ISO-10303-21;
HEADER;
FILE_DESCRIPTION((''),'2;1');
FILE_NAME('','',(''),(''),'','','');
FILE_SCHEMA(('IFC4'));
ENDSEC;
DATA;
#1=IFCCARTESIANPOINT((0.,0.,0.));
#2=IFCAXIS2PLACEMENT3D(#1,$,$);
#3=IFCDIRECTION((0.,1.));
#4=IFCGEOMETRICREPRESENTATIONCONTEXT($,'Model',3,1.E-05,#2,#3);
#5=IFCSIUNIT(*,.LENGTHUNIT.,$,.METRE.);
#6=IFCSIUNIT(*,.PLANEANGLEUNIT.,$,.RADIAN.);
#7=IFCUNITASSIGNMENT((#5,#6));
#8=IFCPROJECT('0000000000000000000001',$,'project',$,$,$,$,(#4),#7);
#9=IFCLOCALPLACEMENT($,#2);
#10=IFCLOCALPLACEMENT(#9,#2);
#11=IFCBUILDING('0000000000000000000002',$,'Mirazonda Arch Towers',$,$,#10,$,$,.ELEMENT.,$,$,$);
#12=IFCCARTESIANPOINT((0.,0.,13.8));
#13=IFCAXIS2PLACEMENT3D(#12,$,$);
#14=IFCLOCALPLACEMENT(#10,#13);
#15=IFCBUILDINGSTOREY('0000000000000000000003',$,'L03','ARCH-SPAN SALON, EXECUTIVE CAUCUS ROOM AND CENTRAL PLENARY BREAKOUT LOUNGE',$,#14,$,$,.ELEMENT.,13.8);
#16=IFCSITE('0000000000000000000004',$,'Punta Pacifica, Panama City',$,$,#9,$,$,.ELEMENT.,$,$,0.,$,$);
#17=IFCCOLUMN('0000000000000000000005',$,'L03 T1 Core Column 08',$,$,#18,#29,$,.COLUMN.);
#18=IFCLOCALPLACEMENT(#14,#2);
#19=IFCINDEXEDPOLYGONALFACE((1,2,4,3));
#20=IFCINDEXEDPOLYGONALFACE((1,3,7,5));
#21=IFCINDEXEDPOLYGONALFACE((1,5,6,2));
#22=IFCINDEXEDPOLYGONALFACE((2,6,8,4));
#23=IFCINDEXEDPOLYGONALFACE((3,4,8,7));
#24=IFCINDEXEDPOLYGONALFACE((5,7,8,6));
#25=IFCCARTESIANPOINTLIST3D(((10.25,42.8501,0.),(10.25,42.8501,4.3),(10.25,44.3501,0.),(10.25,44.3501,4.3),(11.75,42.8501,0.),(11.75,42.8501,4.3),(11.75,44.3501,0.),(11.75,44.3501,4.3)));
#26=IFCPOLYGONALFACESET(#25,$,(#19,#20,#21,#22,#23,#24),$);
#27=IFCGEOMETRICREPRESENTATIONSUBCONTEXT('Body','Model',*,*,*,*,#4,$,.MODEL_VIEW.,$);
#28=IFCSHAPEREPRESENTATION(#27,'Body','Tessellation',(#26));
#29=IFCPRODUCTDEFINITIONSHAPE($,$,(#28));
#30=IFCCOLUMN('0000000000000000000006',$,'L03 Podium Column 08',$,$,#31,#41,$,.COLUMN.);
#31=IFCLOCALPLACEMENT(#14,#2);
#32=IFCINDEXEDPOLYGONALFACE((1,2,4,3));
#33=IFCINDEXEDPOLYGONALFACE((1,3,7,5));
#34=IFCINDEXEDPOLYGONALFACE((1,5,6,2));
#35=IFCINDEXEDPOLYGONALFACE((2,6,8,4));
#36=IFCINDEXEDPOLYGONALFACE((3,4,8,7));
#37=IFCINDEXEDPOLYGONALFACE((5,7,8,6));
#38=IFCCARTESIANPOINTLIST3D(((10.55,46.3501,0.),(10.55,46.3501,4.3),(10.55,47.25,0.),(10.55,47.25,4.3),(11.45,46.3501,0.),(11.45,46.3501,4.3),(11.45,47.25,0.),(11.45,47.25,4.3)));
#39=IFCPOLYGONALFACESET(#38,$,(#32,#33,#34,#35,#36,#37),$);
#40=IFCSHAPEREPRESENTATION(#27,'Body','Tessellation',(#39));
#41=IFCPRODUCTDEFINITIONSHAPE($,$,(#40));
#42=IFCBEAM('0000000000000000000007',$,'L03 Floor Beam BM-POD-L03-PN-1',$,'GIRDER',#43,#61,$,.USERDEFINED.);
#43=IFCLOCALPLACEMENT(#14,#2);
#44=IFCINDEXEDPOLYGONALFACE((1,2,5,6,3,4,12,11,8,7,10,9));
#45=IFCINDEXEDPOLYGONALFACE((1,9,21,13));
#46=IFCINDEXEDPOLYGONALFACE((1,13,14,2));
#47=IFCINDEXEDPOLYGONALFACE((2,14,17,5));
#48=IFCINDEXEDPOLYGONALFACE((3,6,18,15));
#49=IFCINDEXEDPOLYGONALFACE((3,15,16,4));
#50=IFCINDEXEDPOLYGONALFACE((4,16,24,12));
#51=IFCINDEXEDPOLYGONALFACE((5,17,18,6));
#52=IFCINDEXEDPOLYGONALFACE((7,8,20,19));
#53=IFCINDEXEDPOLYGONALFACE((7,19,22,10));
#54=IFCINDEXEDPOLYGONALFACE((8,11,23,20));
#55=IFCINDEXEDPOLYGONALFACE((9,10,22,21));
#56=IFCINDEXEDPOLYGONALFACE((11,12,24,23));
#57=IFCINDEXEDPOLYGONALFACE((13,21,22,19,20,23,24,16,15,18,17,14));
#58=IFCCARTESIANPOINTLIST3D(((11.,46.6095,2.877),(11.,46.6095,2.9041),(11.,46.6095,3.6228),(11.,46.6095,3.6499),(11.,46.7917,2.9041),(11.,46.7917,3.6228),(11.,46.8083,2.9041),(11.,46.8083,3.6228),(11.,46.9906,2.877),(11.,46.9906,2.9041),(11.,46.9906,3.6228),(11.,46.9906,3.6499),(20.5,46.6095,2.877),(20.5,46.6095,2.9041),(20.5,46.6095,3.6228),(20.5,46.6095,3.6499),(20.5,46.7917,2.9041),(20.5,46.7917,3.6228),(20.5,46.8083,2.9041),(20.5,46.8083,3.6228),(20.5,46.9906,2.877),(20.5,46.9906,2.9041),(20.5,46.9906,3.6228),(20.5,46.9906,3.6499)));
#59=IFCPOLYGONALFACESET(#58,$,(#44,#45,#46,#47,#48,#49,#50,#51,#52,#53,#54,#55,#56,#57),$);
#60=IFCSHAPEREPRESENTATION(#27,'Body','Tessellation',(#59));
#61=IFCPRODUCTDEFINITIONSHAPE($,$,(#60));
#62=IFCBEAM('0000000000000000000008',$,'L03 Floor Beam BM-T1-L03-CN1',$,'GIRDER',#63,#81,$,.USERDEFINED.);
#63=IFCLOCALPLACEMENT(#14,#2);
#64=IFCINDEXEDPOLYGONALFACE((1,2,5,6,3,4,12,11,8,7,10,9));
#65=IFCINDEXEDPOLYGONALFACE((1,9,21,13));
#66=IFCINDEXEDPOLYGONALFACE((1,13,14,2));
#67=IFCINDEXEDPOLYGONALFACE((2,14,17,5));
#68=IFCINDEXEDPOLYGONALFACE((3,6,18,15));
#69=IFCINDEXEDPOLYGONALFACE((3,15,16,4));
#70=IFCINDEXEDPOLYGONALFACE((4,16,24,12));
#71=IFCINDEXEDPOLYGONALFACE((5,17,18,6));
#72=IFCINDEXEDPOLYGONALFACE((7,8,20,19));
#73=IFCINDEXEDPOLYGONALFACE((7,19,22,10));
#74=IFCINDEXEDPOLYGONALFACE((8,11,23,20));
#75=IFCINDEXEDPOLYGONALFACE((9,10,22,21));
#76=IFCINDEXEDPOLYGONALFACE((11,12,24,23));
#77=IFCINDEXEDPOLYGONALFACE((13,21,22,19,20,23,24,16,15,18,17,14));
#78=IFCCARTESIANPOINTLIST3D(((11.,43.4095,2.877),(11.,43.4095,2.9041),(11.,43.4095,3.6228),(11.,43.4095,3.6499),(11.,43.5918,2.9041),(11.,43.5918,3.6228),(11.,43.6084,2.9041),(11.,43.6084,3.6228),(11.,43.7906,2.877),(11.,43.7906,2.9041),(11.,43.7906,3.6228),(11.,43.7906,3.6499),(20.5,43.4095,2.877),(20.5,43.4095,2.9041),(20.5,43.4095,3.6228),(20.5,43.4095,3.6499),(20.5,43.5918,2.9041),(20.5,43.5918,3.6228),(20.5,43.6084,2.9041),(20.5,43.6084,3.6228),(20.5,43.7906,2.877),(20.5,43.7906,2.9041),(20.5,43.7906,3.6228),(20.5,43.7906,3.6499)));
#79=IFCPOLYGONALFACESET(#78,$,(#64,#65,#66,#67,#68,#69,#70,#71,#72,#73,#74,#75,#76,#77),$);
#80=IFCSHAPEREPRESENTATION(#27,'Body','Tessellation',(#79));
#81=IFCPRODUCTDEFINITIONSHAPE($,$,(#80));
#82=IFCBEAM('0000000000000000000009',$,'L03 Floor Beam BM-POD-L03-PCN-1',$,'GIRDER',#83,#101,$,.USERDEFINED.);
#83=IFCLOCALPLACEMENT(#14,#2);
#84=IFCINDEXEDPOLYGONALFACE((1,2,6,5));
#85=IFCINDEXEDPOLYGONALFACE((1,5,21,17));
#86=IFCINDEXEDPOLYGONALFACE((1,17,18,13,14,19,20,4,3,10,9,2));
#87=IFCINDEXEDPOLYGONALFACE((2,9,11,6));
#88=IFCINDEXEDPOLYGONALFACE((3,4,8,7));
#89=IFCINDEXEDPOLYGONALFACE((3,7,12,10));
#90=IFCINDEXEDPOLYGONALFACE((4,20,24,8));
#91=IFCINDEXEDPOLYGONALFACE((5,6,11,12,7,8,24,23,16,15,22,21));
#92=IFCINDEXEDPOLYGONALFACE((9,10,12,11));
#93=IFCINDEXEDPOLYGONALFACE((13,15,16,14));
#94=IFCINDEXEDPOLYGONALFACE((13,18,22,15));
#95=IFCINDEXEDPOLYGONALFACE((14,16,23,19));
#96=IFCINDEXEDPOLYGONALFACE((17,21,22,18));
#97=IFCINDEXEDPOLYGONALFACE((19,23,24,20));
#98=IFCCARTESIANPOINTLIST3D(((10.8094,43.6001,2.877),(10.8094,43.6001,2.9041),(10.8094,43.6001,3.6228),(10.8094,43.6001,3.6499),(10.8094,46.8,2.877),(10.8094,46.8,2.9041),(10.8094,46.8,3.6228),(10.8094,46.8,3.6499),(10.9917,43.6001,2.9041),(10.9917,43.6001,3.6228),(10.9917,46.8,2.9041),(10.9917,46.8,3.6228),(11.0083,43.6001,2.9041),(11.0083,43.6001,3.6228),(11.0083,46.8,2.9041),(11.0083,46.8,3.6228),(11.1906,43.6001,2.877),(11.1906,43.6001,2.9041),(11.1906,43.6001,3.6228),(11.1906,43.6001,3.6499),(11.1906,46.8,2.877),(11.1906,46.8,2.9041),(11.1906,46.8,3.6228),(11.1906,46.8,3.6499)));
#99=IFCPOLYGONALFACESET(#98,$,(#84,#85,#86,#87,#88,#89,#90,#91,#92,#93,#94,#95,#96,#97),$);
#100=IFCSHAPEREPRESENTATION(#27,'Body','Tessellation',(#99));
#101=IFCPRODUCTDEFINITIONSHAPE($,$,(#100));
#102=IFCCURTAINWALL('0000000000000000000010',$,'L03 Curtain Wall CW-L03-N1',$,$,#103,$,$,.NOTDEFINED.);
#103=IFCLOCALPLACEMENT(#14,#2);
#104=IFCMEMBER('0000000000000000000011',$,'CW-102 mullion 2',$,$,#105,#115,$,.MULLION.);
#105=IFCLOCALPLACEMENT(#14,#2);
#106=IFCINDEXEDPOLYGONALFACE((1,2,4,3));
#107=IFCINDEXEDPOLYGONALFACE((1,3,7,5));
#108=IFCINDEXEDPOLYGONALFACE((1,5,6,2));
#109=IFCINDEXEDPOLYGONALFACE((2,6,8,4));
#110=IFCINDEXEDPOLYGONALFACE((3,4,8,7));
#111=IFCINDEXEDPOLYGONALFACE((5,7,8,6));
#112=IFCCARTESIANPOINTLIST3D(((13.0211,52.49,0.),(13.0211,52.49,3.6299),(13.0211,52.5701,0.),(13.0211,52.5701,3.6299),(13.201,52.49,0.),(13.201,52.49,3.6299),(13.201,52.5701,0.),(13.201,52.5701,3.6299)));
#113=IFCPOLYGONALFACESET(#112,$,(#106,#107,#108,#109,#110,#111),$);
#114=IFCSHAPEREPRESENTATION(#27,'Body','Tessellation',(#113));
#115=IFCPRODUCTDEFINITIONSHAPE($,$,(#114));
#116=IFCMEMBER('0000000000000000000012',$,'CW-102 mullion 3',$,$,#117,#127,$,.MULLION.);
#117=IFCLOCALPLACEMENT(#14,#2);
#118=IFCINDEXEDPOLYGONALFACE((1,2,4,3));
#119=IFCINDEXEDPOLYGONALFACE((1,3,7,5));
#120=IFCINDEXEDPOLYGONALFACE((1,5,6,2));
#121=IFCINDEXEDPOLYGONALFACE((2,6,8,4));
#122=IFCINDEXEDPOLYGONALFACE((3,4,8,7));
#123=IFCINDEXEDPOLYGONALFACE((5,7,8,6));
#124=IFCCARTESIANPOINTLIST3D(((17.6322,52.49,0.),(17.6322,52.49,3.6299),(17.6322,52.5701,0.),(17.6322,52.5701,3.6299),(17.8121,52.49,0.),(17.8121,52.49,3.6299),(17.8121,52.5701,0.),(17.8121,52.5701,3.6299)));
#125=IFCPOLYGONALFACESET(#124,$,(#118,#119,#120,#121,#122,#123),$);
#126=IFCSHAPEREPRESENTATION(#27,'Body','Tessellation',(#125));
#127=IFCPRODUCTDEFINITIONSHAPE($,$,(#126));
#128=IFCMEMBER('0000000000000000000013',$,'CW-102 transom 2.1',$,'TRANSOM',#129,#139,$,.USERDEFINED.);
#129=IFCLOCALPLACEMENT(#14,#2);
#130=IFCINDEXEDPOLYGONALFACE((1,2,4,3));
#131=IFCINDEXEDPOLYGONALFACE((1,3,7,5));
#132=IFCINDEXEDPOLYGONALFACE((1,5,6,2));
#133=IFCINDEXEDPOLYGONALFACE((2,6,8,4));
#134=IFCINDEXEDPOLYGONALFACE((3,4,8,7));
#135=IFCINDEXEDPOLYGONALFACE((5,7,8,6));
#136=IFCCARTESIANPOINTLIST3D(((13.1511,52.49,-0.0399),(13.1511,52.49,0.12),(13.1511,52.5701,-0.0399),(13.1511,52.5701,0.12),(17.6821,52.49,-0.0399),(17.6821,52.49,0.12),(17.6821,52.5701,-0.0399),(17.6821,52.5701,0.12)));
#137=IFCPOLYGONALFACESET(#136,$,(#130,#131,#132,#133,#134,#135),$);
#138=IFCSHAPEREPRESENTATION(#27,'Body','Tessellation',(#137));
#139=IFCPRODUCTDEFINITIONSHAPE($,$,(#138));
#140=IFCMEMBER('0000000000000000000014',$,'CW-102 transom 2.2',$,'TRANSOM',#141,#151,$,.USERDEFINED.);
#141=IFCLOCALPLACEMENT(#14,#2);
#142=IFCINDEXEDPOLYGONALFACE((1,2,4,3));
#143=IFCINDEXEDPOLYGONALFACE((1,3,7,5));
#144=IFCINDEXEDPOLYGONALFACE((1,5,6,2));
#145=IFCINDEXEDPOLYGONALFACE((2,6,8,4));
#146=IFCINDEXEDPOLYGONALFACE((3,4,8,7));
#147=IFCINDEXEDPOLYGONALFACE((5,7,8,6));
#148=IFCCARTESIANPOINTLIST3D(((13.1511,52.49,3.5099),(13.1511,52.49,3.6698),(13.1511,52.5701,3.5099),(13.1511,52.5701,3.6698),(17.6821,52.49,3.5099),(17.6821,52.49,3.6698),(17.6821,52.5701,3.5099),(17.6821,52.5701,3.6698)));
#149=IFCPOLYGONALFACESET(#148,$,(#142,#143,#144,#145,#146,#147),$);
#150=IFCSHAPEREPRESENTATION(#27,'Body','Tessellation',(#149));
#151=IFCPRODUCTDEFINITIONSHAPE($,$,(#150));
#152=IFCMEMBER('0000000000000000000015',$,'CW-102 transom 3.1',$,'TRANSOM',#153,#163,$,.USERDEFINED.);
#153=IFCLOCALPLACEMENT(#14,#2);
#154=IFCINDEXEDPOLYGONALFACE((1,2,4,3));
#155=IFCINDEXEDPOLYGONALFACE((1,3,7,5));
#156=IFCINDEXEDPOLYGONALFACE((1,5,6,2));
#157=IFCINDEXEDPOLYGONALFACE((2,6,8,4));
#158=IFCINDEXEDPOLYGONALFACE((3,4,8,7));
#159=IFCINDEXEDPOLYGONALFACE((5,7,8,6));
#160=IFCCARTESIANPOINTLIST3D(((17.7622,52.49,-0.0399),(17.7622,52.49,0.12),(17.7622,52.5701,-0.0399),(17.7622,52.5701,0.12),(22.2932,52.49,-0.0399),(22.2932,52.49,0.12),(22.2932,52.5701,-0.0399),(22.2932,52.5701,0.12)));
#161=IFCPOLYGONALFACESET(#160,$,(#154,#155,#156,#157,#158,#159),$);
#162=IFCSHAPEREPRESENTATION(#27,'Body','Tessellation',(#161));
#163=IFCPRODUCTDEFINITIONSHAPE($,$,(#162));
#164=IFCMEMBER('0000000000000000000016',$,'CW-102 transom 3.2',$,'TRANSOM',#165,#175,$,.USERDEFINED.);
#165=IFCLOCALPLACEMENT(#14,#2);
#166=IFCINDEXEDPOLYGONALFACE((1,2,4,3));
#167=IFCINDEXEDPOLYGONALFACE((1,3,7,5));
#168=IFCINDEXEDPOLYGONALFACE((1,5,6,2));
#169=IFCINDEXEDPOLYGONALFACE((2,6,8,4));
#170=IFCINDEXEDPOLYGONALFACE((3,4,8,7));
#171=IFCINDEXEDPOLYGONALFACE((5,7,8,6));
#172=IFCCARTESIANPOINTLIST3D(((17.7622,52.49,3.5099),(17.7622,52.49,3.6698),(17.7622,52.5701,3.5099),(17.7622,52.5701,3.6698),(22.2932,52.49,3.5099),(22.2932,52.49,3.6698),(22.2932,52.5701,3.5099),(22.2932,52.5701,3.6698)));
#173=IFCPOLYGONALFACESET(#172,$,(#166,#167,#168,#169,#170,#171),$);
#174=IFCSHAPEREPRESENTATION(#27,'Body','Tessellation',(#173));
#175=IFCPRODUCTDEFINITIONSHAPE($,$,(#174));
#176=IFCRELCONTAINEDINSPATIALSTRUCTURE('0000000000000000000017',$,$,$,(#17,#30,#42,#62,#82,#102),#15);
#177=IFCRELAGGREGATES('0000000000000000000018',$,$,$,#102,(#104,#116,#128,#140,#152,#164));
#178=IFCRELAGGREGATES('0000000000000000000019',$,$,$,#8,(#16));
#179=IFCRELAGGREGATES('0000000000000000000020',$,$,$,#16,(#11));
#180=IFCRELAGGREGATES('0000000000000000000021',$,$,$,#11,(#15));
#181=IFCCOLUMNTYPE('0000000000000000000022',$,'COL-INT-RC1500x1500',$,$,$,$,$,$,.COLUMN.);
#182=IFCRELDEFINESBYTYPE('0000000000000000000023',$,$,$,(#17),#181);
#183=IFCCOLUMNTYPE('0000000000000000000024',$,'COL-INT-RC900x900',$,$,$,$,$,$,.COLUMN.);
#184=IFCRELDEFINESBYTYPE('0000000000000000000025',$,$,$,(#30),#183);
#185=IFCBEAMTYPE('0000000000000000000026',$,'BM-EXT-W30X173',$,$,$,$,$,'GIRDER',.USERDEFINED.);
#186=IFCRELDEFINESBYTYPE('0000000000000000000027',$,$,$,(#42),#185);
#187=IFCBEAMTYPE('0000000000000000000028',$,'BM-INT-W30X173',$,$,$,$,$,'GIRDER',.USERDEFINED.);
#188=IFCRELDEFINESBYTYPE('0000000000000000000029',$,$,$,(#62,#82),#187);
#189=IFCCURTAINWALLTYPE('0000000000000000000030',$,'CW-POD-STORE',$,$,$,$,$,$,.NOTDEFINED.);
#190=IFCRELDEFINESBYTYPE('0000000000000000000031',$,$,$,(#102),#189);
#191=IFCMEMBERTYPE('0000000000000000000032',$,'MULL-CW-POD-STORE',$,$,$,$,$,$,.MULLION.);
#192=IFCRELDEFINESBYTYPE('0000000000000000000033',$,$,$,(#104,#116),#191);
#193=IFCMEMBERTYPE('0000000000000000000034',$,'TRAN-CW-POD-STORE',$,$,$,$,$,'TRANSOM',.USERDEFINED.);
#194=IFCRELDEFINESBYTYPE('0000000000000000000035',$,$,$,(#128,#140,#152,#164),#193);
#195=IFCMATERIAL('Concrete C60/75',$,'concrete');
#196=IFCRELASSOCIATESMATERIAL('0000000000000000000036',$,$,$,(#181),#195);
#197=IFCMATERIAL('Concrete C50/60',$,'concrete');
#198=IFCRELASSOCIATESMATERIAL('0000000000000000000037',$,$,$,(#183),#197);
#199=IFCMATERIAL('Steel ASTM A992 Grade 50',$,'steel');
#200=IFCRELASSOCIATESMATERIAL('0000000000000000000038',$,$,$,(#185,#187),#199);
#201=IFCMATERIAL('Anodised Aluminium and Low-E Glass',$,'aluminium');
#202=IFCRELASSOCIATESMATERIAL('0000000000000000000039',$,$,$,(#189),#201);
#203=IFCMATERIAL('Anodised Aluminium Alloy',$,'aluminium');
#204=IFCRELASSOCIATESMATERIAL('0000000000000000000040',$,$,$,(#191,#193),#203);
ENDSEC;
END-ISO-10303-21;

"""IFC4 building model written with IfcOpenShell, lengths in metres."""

from ifc_helpers import new_model, si_unit, direction, frame, origin, origin_2d, place, context, subcontext, project, spatial, rectangle, i_section, extrude, material, material_profile, profile_set, type_object, element, aggregate, save


model = new_model("IFC4")

# Units and contexts
model_context = context("Model", 3, precision=1e-05, world=origin(), true_north=direction((0.0, 1.0)))
body_context = subcontext(model_context, "Body", "Model", "MODEL_VIEW")
ifc_project = project(units=[si_unit("LENGTHUNIT", "METRE"), si_unit("PLANEANGLEUNIT", "RADIAN")], contexts=[model_context])

# Site, building, storey
site_placement = place(None, origin())
site = spatial("IfcSite", under=ifc_project, at=site_placement, Name="Punta Pacifica, Panama City", CompositionType="ELEMENT", RefElevation=0.0)
building_placement = place(site_placement, origin())
building = spatial("IfcBuilding", under=site, at=building_placement, Name="Mirazonda Arch Towers", CompositionType="ELEMENT")
storey_placement = place(building_placement, frame((0.0, 0.0, 13.8)))
storey = spatial("IfcBuildingStorey", under=building, at=storey_placement, Name="L03", Description="ARCH-SPAN SALON, EXECUTIVE CAUCUS ROOM AND CENTRAL PLENARY BREAKOUT LOUNGE", CompositionType="ELEMENT", Elevation=13.8)

# Columns
ifc_material_1 = material(Name="Concrete C60/75", Category="concrete")
ifc_material_profile_1 = material_profile(ifc_material_1, rectangle(XDim=1.5, YDim=1.5, at=origin_2d()), Name="RC1500x1500")
ifc_profile_set_1 = profile_set([ifc_material_profile_1], Name="Concrete C60/75")
column_type_1 = type_object("IfcColumnType", Name="COL-INT-RC1500x1500", PredefinedType="COLUMN", material=ifc_profile_set_1)
column_1_placement = place(storey_placement, frame((11.0, 43.6001, 0.0), z_axis=(0.0, 0.0, 1.0), x_axis=(1.0, 0.0, 0.0)))
element("IfcColumn", 1, at=column_1_placement, inside=storey, type_object=column_type_1, Name="L03 T1 Core Column 08", PredefinedType="COLUMN", context=body_context, shape_type="SweptSolid", body=[
    extrude(rectangle(XDim=1.5, YDim=1.5, at=origin_2d()), origin(), (0.0, 0.0, 1.0), 4.3),
])
ifc_material_2 = material(Name="Concrete C50/60", Category="concrete")
ifc_material_profile_2 = material_profile(ifc_material_2, rectangle(XDim=0.8999, YDim=0.8999, at=origin_2d()), Name="RC900x900")
ifc_profile_set_2 = profile_set([ifc_material_profile_2], Name="Concrete C50/60")
column_type_2 = type_object("IfcColumnType", Name="COL-INT-RC900x900", PredefinedType="COLUMN", material=ifc_profile_set_2)
column_2_placement = place(storey_placement, frame((11.0, 46.8, 0.0), z_axis=(0.0, 0.0, 1.0), x_axis=(1.0, 0.0, 0.0)))
element("IfcColumn", 2, at=column_2_placement, inside=storey, type_object=column_type_2, Name="L03 Podium Column 08", PredefinedType="COLUMN", context=body_context, shape_type="SweptSolid", body=[
    extrude(rectangle(XDim=0.8999, YDim=0.8999, at=origin_2d()), origin(), (0.0, 0.0, 1.0), 4.3),
])

# Beams
ifc_material_3 = material(Name="Steel ASTM A992 Grade 50", Category="steel")
ifc_material_profile_3 = material_profile(ifc_material_3, i_section(OverallWidth=0.3811, OverallDepth=0.7729, WebThickness=0.0166, FlangeThickness=0.0271, at=origin_2d()), Name="W30X173")
ifc_profile_set_3 = profile_set([ifc_material_profile_3], Name="Steel ASTM A992 Grade 50")
beam_type_1 = type_object("IfcBeamType", Name="BM-EXT-W30X173", ElementType="GIRDER", PredefinedType="USERDEFINED", material=ifc_profile_set_3)
beam_1_placement = place(storey_placement, frame((11.0, 46.8, 3.2634), z_axis=(1.0, 0.0, 0.0), x_axis=(0.0, 1.0, 0.0)))
element("IfcBeam", 3, at=beam_1_placement, inside=storey, type_object=beam_type_1, Name="L03 Floor Beam BM-POD-L03-PN-1", ObjectType="GIRDER", PredefinedType="USERDEFINED", context=body_context, shape_type="SweptSolid", body=[
    extrude(i_section(OverallWidth=0.3811, OverallDepth=0.7729, WebThickness=0.0166, FlangeThickness=0.0271, at=origin_2d()), origin(), (0.0, 0.0, 1.0), 9.5),
])
ifc_material_profile_4 = material_profile(ifc_material_3, i_section(OverallWidth=0.3811, OverallDepth=0.7729, WebThickness=0.0166, FlangeThickness=0.0271, at=origin_2d()), Name="W30X173")
ifc_profile_set_4 = profile_set([ifc_material_profile_4], Name="Steel ASTM A992 Grade 50")
beam_type_2 = type_object("IfcBeamType", Name="BM-INT-W30X173", ElementType="GIRDER", PredefinedType="USERDEFINED", material=ifc_profile_set_4)
beam_2_placement = place(storey_placement, frame((11.0, 43.6001, 3.2634), z_axis=(1.0, 0.0, 0.0), x_axis=(0.0, 1.0, 0.0)))
element("IfcBeam", 4, at=beam_2_placement, inside=storey, type_object=beam_type_2, Name="L03 Floor Beam BM-T1-L03-CN1", ObjectType="GIRDER", PredefinedType="USERDEFINED", context=body_context, shape_type="SweptSolid", body=[
    extrude(i_section(OverallWidth=0.3811, OverallDepth=0.7729, WebThickness=0.0166, FlangeThickness=0.0271, at=origin_2d()), origin(), (0.0, 0.0, 1.0), 9.5),
])
beam_3_placement = place(storey_placement, frame((11.0, 43.6001, 3.2634), z_axis=(0.0, 1.0, 0.0), x_axis=(-1.0, 0.0, 0.0)))
element("IfcBeam", 5, at=beam_3_placement, inside=storey, type_object=beam_type_2, Name="L03 Floor Beam BM-POD-L03-PCN-1", ObjectType="GIRDER", PredefinedType="USERDEFINED", context=body_context, shape_type="SweptSolid", body=[
    extrude(i_section(OverallWidth=0.3811, OverallDepth=0.7729, WebThickness=0.0166, FlangeThickness=0.0271, at=origin_2d()), origin(), (0.0, 0.0, 1.0), 3.2),
])

# Curtain wall, members
ifc_material_4 = material(Name="Anodised Aluminium and Low-E Glass", Category="aluminium")
curtain_wall_type = type_object("IfcCurtainWallType", Name="CW-POD-STORE", PredefinedType="NOTDEFINED", material=ifc_material_4)
curtain_wall_placement = place(storey_placement, origin())
curtain_wall = element("IfcCurtainWall", 6, at=curtain_wall_placement, inside=storey, type_object=curtain_wall_type, Name="L03 Curtain Wall CW-L03-N1", PredefinedType="NOTDEFINED")
ifc_material_5 = material(Name="Anodised Aluminium Alloy", Category="aluminium")
ifc_material_profile_5 = material_profile(ifc_material_5, rectangle(XDim=0.0801, YDim=0.1799, at=origin_2d()), Name="ALU-MULL-80x180")
ifc_profile_set_5 = profile_set([ifc_material_profile_5], Name="Anodised Aluminium Alloy")
member_type_1 = type_object("IfcMemberType", Name="MULL-CW-POD-STORE", PredefinedType="MULLION", material=ifc_profile_set_5)
member_1_placement = place(storey_placement, frame((13.1111, 52.53, 0.0), z_axis=(0.0, 0.0, 1.0), x_axis=(0.0, 1.0, 0.0)))
member_1 = element("IfcMember", 7, at=member_1_placement, type_object=member_type_1, Name="CW-102 mullion 2", PredefinedType="MULLION", context=body_context, shape_type="SweptSolid", body=[
    extrude(rectangle(XDim=0.0801, YDim=0.1799, at=origin_2d()), origin(), (0.0, 0.0, 1.0), 3.6299),
])
member_2_placement = place(storey_placement, frame((17.7222, 52.53, 0.0), z_axis=(0.0, 0.0, 1.0), x_axis=(0.0, 1.0, 0.0)))
member_2 = element("IfcMember", 8, at=member_2_placement, type_object=member_type_1, Name="CW-102 mullion 3", PredefinedType="MULLION", context=body_context, shape_type="SweptSolid", body=[
    extrude(rectangle(XDim=0.0801, YDim=0.1799, at=origin_2d()), origin(), (0.0, 0.0, 1.0), 3.6299),
])
ifc_material_profile_6 = material_profile(ifc_material_5, rectangle(XDim=0.0801, YDim=0.1599, at=origin_2d()), Name="ALU-TRAN-80x160")
ifc_profile_set_6 = profile_set([ifc_material_profile_6], Name="Anodised Aluminium Alloy")
member_type_2 = type_object("IfcMemberType", Name="TRAN-CW-POD-STORE", ElementType="TRANSOM", PredefinedType="USERDEFINED", material=ifc_profile_set_6)
member_3_placement = place(storey_placement, frame((13.1511, 52.53, 0.04), z_axis=(1.0, 0.0, 0.0), x_axis=(0.0, 1.0, 0.0)))
member_3 = element("IfcMember", 9, at=member_3_placement, type_object=member_type_2, Name="CW-102 transom 2.1", ObjectType="TRANSOM", PredefinedType="USERDEFINED", context=body_context, shape_type="SweptSolid", body=[
    extrude(rectangle(XDim=0.0801, YDim=0.1599, at=origin_2d()), origin(), (0.0, 0.0, 1.0), 4.531),
])
member_4_placement = place(storey_placement, frame((13.1511, 52.53, 3.5898), z_axis=(1.0, 0.0, 0.0), x_axis=(0.0, 1.0, 0.0)))
member_4 = element("IfcMember", 10, at=member_4_placement, type_object=member_type_2, Name="CW-102 transom 2.2", ObjectType="TRANSOM", PredefinedType="USERDEFINED", context=body_context, shape_type="SweptSolid", body=[
    extrude(rectangle(XDim=0.0801, YDim=0.1599, at=origin_2d()), origin(), (0.0, 0.0, 1.0), 4.531),
])
member_5_placement = place(storey_placement, frame((17.7622, 52.53, 0.04), z_axis=(1.0, 0.0, 0.0), x_axis=(0.0, 1.0, 0.0)))
member_5 = element("IfcMember", 11, at=member_5_placement, type_object=member_type_2, Name="CW-102 transom 3.1", ObjectType="TRANSOM", PredefinedType="USERDEFINED", context=body_context, shape_type="SweptSolid", body=[
    extrude(rectangle(XDim=0.0801, YDim=0.1599, at=origin_2d()), origin(), (0.0, 0.0, 1.0), 4.531),
])
member_6_placement = place(storey_placement, frame((17.7622, 52.53, 3.5898), z_axis=(1.0, 0.0, 0.0), x_axis=(0.0, 1.0, 0.0)))
member_6 = element("IfcMember", 12, at=member_6_placement, type_object=member_type_2, Name="CW-102 transom 3.2", ObjectType="TRANSOM", PredefinedType="USERDEFINED", context=body_context, shape_type="SweptSolid", body=[
    extrude(rectangle(XDim=0.0801, YDim=0.1599, at=origin_2d()), origin(), (0.0, 0.0, 1.0), 4.531),
])
aggregate(curtain_wall, [member_1, member_2, member_3, member_4, member_5, member_6])

save(model, "model.ifc")
